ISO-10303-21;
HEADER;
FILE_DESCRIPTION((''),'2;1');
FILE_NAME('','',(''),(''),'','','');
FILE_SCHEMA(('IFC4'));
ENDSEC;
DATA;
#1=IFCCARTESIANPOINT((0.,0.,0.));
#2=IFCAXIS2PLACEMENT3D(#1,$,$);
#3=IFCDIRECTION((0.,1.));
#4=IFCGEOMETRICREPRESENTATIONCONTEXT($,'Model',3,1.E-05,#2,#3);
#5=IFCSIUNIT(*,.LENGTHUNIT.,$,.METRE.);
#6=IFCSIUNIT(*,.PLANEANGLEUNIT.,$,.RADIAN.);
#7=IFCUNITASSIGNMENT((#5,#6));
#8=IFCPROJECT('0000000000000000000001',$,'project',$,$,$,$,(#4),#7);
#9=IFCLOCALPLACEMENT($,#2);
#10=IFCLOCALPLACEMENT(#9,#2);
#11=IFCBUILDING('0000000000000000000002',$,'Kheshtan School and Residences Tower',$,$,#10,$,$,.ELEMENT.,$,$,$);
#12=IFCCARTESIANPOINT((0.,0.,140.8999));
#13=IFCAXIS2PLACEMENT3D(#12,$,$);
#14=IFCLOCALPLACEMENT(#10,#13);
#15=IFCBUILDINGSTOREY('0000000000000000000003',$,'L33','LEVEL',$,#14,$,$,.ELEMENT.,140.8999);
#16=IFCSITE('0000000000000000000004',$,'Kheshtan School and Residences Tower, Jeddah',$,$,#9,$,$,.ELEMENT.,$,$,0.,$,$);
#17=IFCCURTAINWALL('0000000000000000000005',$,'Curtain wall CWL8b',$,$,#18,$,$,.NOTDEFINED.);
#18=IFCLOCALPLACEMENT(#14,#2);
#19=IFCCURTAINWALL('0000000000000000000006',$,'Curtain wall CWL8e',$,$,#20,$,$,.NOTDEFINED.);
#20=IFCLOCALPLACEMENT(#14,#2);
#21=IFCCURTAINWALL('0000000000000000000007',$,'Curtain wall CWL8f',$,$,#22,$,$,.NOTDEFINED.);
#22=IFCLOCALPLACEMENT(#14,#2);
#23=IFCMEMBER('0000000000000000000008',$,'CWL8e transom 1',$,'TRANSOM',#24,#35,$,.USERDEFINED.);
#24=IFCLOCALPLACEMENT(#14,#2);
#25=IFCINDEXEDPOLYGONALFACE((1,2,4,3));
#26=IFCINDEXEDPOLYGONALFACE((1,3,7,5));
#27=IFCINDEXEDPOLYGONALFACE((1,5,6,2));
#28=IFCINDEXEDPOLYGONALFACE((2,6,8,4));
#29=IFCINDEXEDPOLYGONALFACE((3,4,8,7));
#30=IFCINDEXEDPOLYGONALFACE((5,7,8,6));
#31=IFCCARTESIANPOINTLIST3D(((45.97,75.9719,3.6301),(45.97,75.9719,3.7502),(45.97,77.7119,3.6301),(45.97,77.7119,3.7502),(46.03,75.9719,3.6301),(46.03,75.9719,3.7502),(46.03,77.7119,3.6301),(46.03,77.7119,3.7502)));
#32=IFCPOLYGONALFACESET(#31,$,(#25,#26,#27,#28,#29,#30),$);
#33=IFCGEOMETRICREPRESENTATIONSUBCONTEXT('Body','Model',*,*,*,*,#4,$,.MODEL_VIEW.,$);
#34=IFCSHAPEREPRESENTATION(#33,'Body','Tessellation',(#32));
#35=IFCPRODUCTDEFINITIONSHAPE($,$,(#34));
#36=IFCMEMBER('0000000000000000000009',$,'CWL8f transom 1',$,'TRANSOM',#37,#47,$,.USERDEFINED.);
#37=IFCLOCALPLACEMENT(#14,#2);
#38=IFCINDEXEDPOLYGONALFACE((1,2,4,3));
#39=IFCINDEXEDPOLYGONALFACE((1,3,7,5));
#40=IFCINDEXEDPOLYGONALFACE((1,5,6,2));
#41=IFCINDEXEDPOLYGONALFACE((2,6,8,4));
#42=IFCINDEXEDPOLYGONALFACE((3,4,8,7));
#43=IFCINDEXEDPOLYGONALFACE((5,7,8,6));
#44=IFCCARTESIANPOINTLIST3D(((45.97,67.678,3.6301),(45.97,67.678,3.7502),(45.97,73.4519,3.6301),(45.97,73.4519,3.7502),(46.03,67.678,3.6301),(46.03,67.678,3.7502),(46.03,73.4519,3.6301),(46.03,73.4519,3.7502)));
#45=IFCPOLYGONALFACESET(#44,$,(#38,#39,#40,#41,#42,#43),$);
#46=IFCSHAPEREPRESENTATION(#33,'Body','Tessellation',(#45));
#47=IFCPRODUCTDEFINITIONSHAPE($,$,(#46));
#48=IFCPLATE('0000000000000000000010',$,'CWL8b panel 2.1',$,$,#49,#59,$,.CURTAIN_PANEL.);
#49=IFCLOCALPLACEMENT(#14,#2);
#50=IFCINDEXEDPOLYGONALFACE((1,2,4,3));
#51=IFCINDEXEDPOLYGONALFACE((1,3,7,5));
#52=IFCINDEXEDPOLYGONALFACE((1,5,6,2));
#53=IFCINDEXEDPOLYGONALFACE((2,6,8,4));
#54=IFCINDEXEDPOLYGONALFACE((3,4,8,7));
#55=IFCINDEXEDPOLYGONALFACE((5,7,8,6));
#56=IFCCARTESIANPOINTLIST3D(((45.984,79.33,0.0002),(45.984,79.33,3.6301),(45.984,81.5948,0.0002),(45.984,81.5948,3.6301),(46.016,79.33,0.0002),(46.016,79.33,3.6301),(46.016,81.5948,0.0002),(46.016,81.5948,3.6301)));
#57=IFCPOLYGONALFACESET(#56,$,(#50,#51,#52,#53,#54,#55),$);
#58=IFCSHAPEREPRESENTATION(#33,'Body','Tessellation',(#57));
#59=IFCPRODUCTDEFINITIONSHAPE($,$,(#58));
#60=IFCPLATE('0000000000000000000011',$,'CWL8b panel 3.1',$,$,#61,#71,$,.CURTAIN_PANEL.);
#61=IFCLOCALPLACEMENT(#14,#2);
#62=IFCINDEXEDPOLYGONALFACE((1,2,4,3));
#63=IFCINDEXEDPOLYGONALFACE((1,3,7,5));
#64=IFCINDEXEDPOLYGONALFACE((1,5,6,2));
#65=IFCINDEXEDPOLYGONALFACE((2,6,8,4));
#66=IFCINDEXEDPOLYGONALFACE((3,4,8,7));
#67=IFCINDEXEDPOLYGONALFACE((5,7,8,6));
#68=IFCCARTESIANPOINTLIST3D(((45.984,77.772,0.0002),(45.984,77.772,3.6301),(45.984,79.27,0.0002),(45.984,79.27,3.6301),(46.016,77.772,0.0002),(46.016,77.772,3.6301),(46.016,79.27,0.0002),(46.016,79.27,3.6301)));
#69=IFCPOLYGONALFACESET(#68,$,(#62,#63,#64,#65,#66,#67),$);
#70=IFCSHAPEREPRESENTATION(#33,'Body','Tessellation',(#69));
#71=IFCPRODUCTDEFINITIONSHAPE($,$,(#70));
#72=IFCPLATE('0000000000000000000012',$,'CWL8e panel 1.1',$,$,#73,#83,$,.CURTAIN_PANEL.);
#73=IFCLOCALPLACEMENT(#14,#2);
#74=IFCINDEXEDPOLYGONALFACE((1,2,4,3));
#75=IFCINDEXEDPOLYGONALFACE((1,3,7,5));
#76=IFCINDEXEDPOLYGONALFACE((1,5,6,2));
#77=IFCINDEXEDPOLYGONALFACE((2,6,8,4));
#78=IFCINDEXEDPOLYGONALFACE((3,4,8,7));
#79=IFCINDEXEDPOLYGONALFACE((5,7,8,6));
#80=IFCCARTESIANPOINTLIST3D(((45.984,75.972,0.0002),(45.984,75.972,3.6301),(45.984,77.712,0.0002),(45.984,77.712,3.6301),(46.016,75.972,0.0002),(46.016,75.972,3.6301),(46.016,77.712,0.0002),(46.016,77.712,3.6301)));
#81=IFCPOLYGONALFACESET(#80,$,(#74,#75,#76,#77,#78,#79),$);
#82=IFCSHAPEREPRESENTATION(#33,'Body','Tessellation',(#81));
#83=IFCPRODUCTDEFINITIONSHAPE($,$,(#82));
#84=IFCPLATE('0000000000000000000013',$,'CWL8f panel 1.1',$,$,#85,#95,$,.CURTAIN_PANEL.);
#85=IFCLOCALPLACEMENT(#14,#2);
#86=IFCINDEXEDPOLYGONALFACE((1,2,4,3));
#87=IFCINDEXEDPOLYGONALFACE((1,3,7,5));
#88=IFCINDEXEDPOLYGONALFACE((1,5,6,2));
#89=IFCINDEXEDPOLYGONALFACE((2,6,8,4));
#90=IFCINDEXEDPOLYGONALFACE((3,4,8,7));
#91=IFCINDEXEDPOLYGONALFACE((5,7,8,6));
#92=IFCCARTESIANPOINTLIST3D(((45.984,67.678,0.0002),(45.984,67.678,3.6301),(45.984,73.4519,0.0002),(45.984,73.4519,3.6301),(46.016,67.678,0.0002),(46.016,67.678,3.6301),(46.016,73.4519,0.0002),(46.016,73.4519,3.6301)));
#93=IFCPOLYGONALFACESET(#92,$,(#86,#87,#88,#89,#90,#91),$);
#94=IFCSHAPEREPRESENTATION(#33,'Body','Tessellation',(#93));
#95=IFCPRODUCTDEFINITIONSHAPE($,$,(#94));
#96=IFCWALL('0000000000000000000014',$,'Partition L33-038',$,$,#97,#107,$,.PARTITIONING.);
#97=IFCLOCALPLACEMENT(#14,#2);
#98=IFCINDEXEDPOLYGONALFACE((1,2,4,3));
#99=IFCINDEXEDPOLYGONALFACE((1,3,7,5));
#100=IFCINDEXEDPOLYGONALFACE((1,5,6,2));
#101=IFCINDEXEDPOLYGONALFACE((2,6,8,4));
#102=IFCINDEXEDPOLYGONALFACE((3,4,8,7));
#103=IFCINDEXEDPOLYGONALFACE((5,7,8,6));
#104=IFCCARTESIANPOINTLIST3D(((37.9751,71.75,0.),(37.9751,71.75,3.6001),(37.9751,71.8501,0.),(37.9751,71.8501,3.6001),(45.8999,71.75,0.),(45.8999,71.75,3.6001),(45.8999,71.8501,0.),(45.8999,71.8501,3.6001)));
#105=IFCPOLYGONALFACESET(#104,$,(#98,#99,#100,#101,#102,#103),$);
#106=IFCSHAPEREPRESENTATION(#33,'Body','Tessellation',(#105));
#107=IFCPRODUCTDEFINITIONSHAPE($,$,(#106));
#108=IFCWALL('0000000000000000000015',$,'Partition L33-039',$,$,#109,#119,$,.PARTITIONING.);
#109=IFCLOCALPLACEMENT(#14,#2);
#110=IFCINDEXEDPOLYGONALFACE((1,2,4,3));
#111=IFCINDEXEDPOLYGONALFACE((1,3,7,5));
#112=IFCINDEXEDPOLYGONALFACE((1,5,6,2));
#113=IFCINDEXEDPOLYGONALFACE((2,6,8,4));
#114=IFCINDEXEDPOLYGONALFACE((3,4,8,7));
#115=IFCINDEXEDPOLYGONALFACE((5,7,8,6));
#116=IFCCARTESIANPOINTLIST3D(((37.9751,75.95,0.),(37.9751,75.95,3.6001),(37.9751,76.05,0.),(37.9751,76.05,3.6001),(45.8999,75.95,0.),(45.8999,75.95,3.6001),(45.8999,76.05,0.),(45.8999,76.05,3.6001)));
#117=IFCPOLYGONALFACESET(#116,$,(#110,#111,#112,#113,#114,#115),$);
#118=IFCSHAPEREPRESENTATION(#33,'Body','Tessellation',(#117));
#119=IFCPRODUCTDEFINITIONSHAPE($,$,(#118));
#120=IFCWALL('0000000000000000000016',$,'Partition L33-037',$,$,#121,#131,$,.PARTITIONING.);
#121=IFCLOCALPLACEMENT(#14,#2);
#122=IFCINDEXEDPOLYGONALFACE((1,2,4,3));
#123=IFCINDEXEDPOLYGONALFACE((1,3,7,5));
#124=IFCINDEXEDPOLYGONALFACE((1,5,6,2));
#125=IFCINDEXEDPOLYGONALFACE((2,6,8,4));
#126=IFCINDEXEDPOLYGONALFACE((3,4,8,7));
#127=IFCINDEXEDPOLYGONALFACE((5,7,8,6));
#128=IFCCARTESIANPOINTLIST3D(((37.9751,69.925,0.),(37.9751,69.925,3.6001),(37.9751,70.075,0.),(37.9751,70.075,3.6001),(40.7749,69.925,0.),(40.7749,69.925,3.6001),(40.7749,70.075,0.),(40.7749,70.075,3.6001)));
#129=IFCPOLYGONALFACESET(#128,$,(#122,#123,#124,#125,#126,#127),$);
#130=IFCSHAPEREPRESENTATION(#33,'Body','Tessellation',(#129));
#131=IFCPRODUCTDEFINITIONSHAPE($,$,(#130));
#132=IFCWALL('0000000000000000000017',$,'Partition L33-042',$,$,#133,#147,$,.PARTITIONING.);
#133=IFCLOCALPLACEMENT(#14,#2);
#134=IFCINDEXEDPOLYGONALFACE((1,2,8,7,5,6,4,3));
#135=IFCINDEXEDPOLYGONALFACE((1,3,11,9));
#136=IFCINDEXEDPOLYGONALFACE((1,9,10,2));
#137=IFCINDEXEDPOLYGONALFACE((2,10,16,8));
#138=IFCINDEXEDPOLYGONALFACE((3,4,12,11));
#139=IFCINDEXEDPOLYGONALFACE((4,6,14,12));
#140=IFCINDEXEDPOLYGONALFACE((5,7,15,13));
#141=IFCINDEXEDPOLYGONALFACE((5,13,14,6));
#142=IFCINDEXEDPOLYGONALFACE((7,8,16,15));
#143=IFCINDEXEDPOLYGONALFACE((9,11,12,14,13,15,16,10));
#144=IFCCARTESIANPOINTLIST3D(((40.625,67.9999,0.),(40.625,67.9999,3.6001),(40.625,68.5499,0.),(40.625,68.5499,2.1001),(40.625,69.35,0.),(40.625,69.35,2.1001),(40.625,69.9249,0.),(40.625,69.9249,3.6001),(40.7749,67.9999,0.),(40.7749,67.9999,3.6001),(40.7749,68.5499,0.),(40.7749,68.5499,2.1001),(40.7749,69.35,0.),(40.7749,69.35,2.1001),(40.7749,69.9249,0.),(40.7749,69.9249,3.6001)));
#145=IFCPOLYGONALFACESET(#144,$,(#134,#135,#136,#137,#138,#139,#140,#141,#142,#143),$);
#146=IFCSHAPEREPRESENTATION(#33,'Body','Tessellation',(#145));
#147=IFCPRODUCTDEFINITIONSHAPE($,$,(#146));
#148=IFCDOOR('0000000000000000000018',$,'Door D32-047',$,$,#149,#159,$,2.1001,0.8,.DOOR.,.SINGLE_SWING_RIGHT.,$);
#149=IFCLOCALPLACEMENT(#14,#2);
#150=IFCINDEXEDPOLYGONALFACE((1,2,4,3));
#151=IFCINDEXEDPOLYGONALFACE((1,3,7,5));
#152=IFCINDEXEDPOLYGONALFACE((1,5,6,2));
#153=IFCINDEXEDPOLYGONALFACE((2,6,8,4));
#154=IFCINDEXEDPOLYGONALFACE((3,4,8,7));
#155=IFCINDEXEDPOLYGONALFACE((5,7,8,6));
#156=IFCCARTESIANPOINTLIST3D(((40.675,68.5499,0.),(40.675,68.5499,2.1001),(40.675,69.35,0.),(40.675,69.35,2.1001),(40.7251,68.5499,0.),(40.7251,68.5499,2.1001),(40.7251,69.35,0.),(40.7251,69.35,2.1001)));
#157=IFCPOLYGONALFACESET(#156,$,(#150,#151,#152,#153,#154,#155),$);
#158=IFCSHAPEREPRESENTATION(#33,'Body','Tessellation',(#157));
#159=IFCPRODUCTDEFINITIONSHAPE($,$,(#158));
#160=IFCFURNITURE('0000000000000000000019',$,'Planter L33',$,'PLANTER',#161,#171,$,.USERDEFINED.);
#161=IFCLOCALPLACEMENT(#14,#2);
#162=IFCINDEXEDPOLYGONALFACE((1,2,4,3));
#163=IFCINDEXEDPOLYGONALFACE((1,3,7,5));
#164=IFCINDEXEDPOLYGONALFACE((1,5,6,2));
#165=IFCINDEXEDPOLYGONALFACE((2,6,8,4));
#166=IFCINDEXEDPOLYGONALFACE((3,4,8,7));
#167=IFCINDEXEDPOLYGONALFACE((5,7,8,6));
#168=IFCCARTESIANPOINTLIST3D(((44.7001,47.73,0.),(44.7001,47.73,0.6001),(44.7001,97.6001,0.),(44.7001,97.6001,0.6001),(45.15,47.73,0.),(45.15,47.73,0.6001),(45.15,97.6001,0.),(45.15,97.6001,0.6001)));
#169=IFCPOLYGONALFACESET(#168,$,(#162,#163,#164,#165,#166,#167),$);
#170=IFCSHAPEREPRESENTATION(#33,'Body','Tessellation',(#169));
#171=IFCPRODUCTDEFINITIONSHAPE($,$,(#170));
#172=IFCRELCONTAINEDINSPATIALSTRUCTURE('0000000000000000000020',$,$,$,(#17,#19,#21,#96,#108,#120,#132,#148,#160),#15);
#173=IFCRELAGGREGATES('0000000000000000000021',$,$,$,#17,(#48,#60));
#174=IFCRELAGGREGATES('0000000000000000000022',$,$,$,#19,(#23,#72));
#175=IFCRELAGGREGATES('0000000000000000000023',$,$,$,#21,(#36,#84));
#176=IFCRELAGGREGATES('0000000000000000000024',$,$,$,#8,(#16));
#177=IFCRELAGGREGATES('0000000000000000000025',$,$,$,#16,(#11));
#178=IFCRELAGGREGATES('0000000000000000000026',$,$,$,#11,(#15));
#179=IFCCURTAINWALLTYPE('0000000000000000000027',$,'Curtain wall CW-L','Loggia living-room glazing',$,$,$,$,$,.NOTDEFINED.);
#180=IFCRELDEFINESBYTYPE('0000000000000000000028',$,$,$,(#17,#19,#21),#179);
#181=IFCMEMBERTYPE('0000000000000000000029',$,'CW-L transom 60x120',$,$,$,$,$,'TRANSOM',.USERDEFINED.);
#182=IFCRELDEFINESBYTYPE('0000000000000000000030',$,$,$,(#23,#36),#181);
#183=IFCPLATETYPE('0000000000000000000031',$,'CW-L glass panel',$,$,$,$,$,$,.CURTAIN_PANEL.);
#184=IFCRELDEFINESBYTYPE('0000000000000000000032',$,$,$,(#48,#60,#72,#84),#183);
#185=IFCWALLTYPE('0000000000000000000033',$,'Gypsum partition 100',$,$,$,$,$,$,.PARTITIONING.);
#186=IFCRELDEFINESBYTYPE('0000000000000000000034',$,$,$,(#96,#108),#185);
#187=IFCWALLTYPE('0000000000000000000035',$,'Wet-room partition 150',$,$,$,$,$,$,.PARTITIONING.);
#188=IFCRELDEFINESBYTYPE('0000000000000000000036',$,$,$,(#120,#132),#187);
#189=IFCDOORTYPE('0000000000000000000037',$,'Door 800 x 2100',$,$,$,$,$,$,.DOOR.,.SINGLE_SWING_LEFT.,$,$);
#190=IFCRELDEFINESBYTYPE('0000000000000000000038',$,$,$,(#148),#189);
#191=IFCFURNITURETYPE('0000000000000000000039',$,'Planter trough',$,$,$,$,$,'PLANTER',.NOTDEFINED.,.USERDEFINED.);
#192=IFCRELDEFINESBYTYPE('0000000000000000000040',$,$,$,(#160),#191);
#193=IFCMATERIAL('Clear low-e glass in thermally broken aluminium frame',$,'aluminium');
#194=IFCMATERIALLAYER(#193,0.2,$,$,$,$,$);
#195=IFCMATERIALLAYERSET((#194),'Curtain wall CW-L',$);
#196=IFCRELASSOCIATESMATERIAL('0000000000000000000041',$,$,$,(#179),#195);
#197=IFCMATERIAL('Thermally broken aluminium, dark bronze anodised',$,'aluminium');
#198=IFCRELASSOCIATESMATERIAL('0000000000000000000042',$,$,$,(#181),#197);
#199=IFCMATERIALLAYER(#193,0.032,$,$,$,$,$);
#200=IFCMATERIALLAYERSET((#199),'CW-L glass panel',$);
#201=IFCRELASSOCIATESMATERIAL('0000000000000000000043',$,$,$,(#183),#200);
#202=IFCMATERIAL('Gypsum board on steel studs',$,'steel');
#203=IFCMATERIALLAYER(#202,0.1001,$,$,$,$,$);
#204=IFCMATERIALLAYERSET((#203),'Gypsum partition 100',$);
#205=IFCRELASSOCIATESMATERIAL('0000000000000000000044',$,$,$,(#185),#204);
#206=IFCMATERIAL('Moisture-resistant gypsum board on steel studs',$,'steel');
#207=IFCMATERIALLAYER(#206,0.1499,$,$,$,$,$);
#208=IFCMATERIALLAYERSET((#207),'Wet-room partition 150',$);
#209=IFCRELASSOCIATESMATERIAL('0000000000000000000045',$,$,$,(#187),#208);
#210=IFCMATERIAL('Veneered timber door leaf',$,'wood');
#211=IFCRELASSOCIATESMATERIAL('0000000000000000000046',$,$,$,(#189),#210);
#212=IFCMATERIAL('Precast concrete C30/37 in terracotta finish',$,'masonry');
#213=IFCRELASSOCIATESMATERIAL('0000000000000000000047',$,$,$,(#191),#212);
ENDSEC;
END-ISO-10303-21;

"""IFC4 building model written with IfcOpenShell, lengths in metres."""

from ifc_helpers import new_model, si_unit, direction, frame, frame_2d, origin, origin_2d, place, context, subcontext, project, spatial, rectangle, extrude, source, transform, mapped, material, layer, layer_set, material_profile, profile_set, type_object, element, fill, aggregate, save


model = new_model("IFC4")

# Units and contexts
model_context = context("Model", 3, precision=1e-05, world=origin(), true_north=direction((0.0, 1.0)))
body_context = subcontext(model_context, "Body", "Model", "MODEL_VIEW")
ifc_project = project(units=[si_unit("LENGTHUNIT", "METRE"), si_unit("PLANEANGLEUNIT", "RADIAN")], contexts=[model_context])

# Site, building, storey
site_placement = place(None, origin())
site = spatial("IfcSite", under=ifc_project, at=site_placement, Name="Kheshtan School and Residences Tower, Jeddah", CompositionType="ELEMENT", RefElevation=0.0)
building_placement = place(site_placement, origin())
building = spatial("IfcBuilding", under=site, at=building_placement, Name="Kheshtan School and Residences Tower", CompositionType="ELEMENT")
storey_placement = place(building_placement, frame((0.0, 0.0, 140.8999)))
storey = spatial("IfcBuildingStorey", under=building, at=storey_placement, Name="L33", Description="LEVEL", CompositionType="ELEMENT", Elevation=140.8999)

# Curtain wall
ifc_material_1 = material(Name="Clear low-e glass in thermally broken aluminium frame", Category="aluminium")
ifc_layer_1 = layer(ifc_material_1, 0.2)
ifc_layer_set_1 = layer_set([ifc_layer_1], Name="Curtain wall CW-L")
curtain_wall_type = type_object("IfcCurtainWallType", Name="Curtain wall CW-L", Description="Loggia living-room glazing", PredefinedType="NOTDEFINED", material=ifc_layer_set_1)
curtain_wall_1_placement = place(storey_placement, origin())
curtain_wall_1 = element("IfcCurtainWall", 1, at=curtain_wall_1_placement, inside=storey, type_object=curtain_wall_type, Name="Curtain wall CWL8b", PredefinedType="NOTDEFINED")
ifc_material_2 = material(Name="Thermally broken aluminium, dark bronze anodised", Category="aluminium")

# Curtain wall
curtain_wall_2_placement = place(storey_placement, origin())
curtain_wall_2 = element("IfcCurtainWall", 2, at=curtain_wall_2_placement, inside=storey, type_object=curtain_wall_type, Name="Curtain wall CWL8e", PredefinedType="NOTDEFINED")

# Curtain wall
curtain_wall_3_placement = place(storey_placement, origin())
curtain_wall_3 = element("IfcCurtainWall", 3, at=curtain_wall_3_placement, inside=storey, type_object=curtain_wall_type, Name="Curtain wall CWL8f", PredefinedType="NOTDEFINED")

# Members
ifc_material_profile_1 = material_profile(ifc_material_2, rectangle(XDim=0.0601, YDim=0.1201, at=origin_2d()), Name="CW-L transom 60x120")
ifc_profile_set_1 = profile_set([ifc_material_profile_1], Name="Thermally broken aluminium, dark bronze anodised")
member_type_1 = type_object("IfcMemberType", Name="CW-L transom 60x120", ElementType="TRANSOM", PredefinedType="USERDEFINED", material=ifc_profile_set_1)
member_1_placement = place(storey_placement, frame((46.0, 77.7119, 3.6902), z_axis=(0.0, -1.0, 0.0), x_axis=(1.0, 0.0, 0.0)))
member_1 = element("IfcMember", 4, at=member_1_placement, type_object=member_type_1, Name="CWL8e transom 1", ObjectType="TRANSOM", PredefinedType="USERDEFINED", context=body_context, shape_type="SweptSolid", body=[
    extrude(rectangle(XDim=0.0601, YDim=0.1201, at=origin_2d()), origin(), (0.0, 0.0, 1.0), 1.74),
])
member_2_placement = place(storey_placement, frame((46.0, 73.4519, 3.6902), z_axis=(0.0, -1.0, 0.0), x_axis=(1.0, 0.0, 0.0)))
member_2 = element("IfcMember", 5, at=member_2_placement, type_object=member_type_1, Name="CWL8f transom 1", ObjectType="TRANSOM", PredefinedType="USERDEFINED", context=body_context, shape_type="SweptSolid", body=[
    extrude(rectangle(XDim=0.0601, YDim=0.1201, at=origin_2d()), origin(), (0.0, 0.0, 1.0), 5.7739),
])

# Plates
ifc_layer_2 = layer(ifc_material_1, 0.032)
ifc_layer_set_2 = layer_set([ifc_layer_2], Name="CW-L glass panel")
plate_type = type_object("IfcPlateType", Name="CW-L glass panel", PredefinedType="CURTAIN_PANEL", material=ifc_layer_set_2)
plate_1_placement = place(storey_placement, frame((46.0, 80.4624, 0.0002), z_axis=(0.0, 0.0, 1.0), x_axis=(0.0, -1.0, 0.0)))
plate_1 = element("IfcPlate", 6, at=plate_1_placement, type_object=plate_type, Name="CWL8b panel 2.1", PredefinedType="CURTAIN_PANEL", context=body_context, shape_type="SweptSolid", body=[
    extrude(rectangle(XDim=2.2649, YDim=0.032, at=origin_2d()), origin(), (0.0, 0.0, 1.0), 3.6299),
])
plate_2_placement = place(storey_placement, frame((46.0, 78.521, 0.0002), z_axis=(0.0, 0.0, 1.0), x_axis=(0.0, -1.0, 0.0)))
plate_2 = element("IfcPlate", 7, at=plate_2_placement, type_object=plate_type, Name="CWL8b panel 3.1", PredefinedType="CURTAIN_PANEL", context=body_context, shape_type="SweptSolid", body=[
    extrude(rectangle(XDim=1.498, YDim=0.032, at=origin_2d()), origin(), (0.0, 0.0, 1.0), 3.6299),
])
aggregate(curtain_wall_1, [plate_1, plate_2])
plate_3_placement = place(storey_placement, frame((46.0, 76.842, 0.0002), z_axis=(0.0, 0.0, 1.0), x_axis=(0.0, -1.0, 0.0)))
plate_3 = element("IfcPlate", 8, at=plate_3_placement, type_object=plate_type, Name="CWL8e panel 1.1", PredefinedType="CURTAIN_PANEL", context=body_context, shape_type="SweptSolid", body=[
    extrude(rectangle(XDim=1.74, YDim=0.032, at=origin_2d()), origin(), (0.0, 0.0, 1.0), 3.6299),
])
aggregate(curtain_wall_2, [member_1, plate_3])
plate_4_placement = place(storey_placement, frame((46.0, 70.5649, 0.0002), z_axis=(0.0, 0.0, 1.0), x_axis=(0.0, -1.0, 0.0)))
plate_4 = element("IfcPlate", 9, at=plate_4_placement, type_object=plate_type, Name="CWL8f panel 1.1", PredefinedType="CURTAIN_PANEL", context=body_context, shape_type="SweptSolid", body=[
    extrude(rectangle(XDim=5.7739, YDim=0.032, at=origin_2d()), origin(), (0.0, 0.0, 1.0), 3.6299),
])
aggregate(curtain_wall_3, [member_2, plate_4])

# Walls
ifc_material_3 = material(Name="Gypsum board on steel studs", Category="steel")
ifc_layer_3 = layer(ifc_material_3, 0.1001)
ifc_layer_set_3 = layer_set([ifc_layer_3], Name="Gypsum partition 100")
wall_type_1 = type_object("IfcWallType", Name="Gypsum partition 100", PredefinedType="PARTITIONING", material=ifc_layer_set_3)
for number, where, z_axis, x_axis, name in (
    (10, (37.9751, 71.8, 0.0), (0.0, 0.0, 1.0), (1.0, 0.0, 0.0), "Partition L33-038"),
    (11, (37.9751, 76.0, 0.0), (0.0, 0.0, 1.0), (1.0, 0.0, 0.0), "Partition L33-039"),
):
    element("IfcWall", number, at=place(storey_placement, frame(where, z_axis=z_axis, x_axis=x_axis)), inside=storey, type_object=wall_type_1, Name=name, PredefinedType="PARTITIONING", context=body_context, shape_type="SweptSolid", body=[
        extrude(rectangle(XDim=7.9248, YDim=0.1001, at=frame_2d((3.9624, 0.0))), origin(), (0.0, 0.0, 1.0), 3.6001),
    ])
ifc_material_4 = material(Name="Moisture-resistant gypsum board on steel studs", Category="steel")
ifc_layer_4 = layer(ifc_material_4, 0.1499)
ifc_layer_set_4 = layer_set([ifc_layer_4], Name="Wet-room partition 150")
wall_type_2 = type_object("IfcWallType", Name="Wet-room partition 150", PredefinedType="PARTITIONING", material=ifc_layer_set_4)
wall_1_placement = place(storey_placement, frame((37.9751, 70.0, 0.0), z_axis=(0.0, 0.0, 1.0), x_axis=(1.0, 0.0, 0.0)))
element("IfcWall", 12, at=wall_1_placement, inside=storey, type_object=wall_type_2, Name="Partition L33-037", PredefinedType="PARTITIONING", context=body_context, shape_type="SweptSolid", body=[
    extrude(rectangle(XDim=2.7998, YDim=0.1499, at=frame_2d((1.3999, 0.0))), origin(), (0.0, 0.0, 1.0), 3.6001),
])

# Wall, opening, door
wall_2_placement = place(storey_placement, frame((40.7, 68.0, 0.0), z_axis=(0.0, 0.0, 1.0), x_axis=(0.0, 1.0, 0.0)))
wall_2 = element("IfcWall", 13, at=wall_2_placement, inside=storey, type_object=wall_type_2, Name="Partition L33-042", PredefinedType="PARTITIONING", context=body_context, shape_type="SweptSolid", body=[
    extrude(rectangle(XDim=1.925, YDim=0.1499, at=frame_2d((0.9624, 0.0))), origin(), (0.0, 0.0, 1.0), 3.6001),
])
opening_1_placement = place(wall_2_placement, frame((0.55, 0.0, 0.0)))
opening_1 = element("IfcOpeningElement", 14, at=opening_1_placement, cuts=wall_2, PredefinedType="OPENING", context=body_context, shape_type="SweptSolid", body=[
    extrude(rectangle(XDim=0.8, YDim=2.1001, at=frame_2d((0.3999, 1.05))), frame((0.0, 0.085, 0.0), z_axis=(0.0, -1.0, 0.0), x_axis=(1.0, 0.0, 0.0)), (0.0, 0.0, 1.0), 0.1699),
])
ifc_material_5 = material(Name="Veneered timber door leaf", Category="wood")
door_type_1 = type_object("IfcDoorType", Name="Door 800 x 2100", OperationType="SINGLE_SWING_LEFT", PredefinedType="DOOR", material=ifc_material_5)
shared_shape_1 = source(origin(), body_context, "Body", "SweptSolid", [
    extrude(rectangle(XDim=0.8, YDim=2.1001, at=frame_2d((0.3999, 1.05))), frame((0.0, 0.0249, 0.0), z_axis=(0.0, -1.0, 0.0), x_axis=(1.0, 0.0, 0.0)), (0.0, 0.0, 1.0), 0.05),
])
door_1_placement = place(opening_1_placement, origin())
door_1 = element("IfcDoor", 15, at=door_1_placement, inside=storey, type_object=door_type_1, Name="Door D32-047", OperationType="SINGLE_SWING_RIGHT", OverallHeight=2.1001, OverallWidth=0.8, PredefinedType="DOOR", context=body_context, shape_type="MappedRepresentation", body=[
    mapped(shared_shape_1, transform((0.0, 0.0, 0.0), x_axis=(1.0, 0.0, 0.0), y_axis=(0.0, 1.0, 0.0), z_axis=(0.0, 0.0, 1.0), scale=1.0)),
])
fill(opening_1, door_1)

# Furniture
ifc_material_6 = material(Name="Precast concrete C30/37 in terracotta finish", Category="masonry")
furniture_type = type_object("IfcFurnitureType", Name="Planter trough", ElementType="PLANTER", AssemblyPlace="NOTDEFINED", PredefinedType="USERDEFINED", material=ifc_material_6)
furniture_placement = place(storey_placement, frame((44.925, 72.665, 0.0), z_axis=(0.0, 0.0, 1.0), x_axis=(0.0, -1.0, 0.0)))
element("IfcFurniture", 16, at=furniture_placement, inside=storey, type_object=furniture_type, Name="Planter L33", ObjectType="PLANTER", PredefinedType="USERDEFINED", context=body_context, shape_type="SweptSolid", body=[
    extrude(rectangle(XDim=49.8701, YDim=0.45, at=origin_2d()), origin(), (0.0, 0.0, 1.0), 0.6001),
])

save(model, "model.ifc")
